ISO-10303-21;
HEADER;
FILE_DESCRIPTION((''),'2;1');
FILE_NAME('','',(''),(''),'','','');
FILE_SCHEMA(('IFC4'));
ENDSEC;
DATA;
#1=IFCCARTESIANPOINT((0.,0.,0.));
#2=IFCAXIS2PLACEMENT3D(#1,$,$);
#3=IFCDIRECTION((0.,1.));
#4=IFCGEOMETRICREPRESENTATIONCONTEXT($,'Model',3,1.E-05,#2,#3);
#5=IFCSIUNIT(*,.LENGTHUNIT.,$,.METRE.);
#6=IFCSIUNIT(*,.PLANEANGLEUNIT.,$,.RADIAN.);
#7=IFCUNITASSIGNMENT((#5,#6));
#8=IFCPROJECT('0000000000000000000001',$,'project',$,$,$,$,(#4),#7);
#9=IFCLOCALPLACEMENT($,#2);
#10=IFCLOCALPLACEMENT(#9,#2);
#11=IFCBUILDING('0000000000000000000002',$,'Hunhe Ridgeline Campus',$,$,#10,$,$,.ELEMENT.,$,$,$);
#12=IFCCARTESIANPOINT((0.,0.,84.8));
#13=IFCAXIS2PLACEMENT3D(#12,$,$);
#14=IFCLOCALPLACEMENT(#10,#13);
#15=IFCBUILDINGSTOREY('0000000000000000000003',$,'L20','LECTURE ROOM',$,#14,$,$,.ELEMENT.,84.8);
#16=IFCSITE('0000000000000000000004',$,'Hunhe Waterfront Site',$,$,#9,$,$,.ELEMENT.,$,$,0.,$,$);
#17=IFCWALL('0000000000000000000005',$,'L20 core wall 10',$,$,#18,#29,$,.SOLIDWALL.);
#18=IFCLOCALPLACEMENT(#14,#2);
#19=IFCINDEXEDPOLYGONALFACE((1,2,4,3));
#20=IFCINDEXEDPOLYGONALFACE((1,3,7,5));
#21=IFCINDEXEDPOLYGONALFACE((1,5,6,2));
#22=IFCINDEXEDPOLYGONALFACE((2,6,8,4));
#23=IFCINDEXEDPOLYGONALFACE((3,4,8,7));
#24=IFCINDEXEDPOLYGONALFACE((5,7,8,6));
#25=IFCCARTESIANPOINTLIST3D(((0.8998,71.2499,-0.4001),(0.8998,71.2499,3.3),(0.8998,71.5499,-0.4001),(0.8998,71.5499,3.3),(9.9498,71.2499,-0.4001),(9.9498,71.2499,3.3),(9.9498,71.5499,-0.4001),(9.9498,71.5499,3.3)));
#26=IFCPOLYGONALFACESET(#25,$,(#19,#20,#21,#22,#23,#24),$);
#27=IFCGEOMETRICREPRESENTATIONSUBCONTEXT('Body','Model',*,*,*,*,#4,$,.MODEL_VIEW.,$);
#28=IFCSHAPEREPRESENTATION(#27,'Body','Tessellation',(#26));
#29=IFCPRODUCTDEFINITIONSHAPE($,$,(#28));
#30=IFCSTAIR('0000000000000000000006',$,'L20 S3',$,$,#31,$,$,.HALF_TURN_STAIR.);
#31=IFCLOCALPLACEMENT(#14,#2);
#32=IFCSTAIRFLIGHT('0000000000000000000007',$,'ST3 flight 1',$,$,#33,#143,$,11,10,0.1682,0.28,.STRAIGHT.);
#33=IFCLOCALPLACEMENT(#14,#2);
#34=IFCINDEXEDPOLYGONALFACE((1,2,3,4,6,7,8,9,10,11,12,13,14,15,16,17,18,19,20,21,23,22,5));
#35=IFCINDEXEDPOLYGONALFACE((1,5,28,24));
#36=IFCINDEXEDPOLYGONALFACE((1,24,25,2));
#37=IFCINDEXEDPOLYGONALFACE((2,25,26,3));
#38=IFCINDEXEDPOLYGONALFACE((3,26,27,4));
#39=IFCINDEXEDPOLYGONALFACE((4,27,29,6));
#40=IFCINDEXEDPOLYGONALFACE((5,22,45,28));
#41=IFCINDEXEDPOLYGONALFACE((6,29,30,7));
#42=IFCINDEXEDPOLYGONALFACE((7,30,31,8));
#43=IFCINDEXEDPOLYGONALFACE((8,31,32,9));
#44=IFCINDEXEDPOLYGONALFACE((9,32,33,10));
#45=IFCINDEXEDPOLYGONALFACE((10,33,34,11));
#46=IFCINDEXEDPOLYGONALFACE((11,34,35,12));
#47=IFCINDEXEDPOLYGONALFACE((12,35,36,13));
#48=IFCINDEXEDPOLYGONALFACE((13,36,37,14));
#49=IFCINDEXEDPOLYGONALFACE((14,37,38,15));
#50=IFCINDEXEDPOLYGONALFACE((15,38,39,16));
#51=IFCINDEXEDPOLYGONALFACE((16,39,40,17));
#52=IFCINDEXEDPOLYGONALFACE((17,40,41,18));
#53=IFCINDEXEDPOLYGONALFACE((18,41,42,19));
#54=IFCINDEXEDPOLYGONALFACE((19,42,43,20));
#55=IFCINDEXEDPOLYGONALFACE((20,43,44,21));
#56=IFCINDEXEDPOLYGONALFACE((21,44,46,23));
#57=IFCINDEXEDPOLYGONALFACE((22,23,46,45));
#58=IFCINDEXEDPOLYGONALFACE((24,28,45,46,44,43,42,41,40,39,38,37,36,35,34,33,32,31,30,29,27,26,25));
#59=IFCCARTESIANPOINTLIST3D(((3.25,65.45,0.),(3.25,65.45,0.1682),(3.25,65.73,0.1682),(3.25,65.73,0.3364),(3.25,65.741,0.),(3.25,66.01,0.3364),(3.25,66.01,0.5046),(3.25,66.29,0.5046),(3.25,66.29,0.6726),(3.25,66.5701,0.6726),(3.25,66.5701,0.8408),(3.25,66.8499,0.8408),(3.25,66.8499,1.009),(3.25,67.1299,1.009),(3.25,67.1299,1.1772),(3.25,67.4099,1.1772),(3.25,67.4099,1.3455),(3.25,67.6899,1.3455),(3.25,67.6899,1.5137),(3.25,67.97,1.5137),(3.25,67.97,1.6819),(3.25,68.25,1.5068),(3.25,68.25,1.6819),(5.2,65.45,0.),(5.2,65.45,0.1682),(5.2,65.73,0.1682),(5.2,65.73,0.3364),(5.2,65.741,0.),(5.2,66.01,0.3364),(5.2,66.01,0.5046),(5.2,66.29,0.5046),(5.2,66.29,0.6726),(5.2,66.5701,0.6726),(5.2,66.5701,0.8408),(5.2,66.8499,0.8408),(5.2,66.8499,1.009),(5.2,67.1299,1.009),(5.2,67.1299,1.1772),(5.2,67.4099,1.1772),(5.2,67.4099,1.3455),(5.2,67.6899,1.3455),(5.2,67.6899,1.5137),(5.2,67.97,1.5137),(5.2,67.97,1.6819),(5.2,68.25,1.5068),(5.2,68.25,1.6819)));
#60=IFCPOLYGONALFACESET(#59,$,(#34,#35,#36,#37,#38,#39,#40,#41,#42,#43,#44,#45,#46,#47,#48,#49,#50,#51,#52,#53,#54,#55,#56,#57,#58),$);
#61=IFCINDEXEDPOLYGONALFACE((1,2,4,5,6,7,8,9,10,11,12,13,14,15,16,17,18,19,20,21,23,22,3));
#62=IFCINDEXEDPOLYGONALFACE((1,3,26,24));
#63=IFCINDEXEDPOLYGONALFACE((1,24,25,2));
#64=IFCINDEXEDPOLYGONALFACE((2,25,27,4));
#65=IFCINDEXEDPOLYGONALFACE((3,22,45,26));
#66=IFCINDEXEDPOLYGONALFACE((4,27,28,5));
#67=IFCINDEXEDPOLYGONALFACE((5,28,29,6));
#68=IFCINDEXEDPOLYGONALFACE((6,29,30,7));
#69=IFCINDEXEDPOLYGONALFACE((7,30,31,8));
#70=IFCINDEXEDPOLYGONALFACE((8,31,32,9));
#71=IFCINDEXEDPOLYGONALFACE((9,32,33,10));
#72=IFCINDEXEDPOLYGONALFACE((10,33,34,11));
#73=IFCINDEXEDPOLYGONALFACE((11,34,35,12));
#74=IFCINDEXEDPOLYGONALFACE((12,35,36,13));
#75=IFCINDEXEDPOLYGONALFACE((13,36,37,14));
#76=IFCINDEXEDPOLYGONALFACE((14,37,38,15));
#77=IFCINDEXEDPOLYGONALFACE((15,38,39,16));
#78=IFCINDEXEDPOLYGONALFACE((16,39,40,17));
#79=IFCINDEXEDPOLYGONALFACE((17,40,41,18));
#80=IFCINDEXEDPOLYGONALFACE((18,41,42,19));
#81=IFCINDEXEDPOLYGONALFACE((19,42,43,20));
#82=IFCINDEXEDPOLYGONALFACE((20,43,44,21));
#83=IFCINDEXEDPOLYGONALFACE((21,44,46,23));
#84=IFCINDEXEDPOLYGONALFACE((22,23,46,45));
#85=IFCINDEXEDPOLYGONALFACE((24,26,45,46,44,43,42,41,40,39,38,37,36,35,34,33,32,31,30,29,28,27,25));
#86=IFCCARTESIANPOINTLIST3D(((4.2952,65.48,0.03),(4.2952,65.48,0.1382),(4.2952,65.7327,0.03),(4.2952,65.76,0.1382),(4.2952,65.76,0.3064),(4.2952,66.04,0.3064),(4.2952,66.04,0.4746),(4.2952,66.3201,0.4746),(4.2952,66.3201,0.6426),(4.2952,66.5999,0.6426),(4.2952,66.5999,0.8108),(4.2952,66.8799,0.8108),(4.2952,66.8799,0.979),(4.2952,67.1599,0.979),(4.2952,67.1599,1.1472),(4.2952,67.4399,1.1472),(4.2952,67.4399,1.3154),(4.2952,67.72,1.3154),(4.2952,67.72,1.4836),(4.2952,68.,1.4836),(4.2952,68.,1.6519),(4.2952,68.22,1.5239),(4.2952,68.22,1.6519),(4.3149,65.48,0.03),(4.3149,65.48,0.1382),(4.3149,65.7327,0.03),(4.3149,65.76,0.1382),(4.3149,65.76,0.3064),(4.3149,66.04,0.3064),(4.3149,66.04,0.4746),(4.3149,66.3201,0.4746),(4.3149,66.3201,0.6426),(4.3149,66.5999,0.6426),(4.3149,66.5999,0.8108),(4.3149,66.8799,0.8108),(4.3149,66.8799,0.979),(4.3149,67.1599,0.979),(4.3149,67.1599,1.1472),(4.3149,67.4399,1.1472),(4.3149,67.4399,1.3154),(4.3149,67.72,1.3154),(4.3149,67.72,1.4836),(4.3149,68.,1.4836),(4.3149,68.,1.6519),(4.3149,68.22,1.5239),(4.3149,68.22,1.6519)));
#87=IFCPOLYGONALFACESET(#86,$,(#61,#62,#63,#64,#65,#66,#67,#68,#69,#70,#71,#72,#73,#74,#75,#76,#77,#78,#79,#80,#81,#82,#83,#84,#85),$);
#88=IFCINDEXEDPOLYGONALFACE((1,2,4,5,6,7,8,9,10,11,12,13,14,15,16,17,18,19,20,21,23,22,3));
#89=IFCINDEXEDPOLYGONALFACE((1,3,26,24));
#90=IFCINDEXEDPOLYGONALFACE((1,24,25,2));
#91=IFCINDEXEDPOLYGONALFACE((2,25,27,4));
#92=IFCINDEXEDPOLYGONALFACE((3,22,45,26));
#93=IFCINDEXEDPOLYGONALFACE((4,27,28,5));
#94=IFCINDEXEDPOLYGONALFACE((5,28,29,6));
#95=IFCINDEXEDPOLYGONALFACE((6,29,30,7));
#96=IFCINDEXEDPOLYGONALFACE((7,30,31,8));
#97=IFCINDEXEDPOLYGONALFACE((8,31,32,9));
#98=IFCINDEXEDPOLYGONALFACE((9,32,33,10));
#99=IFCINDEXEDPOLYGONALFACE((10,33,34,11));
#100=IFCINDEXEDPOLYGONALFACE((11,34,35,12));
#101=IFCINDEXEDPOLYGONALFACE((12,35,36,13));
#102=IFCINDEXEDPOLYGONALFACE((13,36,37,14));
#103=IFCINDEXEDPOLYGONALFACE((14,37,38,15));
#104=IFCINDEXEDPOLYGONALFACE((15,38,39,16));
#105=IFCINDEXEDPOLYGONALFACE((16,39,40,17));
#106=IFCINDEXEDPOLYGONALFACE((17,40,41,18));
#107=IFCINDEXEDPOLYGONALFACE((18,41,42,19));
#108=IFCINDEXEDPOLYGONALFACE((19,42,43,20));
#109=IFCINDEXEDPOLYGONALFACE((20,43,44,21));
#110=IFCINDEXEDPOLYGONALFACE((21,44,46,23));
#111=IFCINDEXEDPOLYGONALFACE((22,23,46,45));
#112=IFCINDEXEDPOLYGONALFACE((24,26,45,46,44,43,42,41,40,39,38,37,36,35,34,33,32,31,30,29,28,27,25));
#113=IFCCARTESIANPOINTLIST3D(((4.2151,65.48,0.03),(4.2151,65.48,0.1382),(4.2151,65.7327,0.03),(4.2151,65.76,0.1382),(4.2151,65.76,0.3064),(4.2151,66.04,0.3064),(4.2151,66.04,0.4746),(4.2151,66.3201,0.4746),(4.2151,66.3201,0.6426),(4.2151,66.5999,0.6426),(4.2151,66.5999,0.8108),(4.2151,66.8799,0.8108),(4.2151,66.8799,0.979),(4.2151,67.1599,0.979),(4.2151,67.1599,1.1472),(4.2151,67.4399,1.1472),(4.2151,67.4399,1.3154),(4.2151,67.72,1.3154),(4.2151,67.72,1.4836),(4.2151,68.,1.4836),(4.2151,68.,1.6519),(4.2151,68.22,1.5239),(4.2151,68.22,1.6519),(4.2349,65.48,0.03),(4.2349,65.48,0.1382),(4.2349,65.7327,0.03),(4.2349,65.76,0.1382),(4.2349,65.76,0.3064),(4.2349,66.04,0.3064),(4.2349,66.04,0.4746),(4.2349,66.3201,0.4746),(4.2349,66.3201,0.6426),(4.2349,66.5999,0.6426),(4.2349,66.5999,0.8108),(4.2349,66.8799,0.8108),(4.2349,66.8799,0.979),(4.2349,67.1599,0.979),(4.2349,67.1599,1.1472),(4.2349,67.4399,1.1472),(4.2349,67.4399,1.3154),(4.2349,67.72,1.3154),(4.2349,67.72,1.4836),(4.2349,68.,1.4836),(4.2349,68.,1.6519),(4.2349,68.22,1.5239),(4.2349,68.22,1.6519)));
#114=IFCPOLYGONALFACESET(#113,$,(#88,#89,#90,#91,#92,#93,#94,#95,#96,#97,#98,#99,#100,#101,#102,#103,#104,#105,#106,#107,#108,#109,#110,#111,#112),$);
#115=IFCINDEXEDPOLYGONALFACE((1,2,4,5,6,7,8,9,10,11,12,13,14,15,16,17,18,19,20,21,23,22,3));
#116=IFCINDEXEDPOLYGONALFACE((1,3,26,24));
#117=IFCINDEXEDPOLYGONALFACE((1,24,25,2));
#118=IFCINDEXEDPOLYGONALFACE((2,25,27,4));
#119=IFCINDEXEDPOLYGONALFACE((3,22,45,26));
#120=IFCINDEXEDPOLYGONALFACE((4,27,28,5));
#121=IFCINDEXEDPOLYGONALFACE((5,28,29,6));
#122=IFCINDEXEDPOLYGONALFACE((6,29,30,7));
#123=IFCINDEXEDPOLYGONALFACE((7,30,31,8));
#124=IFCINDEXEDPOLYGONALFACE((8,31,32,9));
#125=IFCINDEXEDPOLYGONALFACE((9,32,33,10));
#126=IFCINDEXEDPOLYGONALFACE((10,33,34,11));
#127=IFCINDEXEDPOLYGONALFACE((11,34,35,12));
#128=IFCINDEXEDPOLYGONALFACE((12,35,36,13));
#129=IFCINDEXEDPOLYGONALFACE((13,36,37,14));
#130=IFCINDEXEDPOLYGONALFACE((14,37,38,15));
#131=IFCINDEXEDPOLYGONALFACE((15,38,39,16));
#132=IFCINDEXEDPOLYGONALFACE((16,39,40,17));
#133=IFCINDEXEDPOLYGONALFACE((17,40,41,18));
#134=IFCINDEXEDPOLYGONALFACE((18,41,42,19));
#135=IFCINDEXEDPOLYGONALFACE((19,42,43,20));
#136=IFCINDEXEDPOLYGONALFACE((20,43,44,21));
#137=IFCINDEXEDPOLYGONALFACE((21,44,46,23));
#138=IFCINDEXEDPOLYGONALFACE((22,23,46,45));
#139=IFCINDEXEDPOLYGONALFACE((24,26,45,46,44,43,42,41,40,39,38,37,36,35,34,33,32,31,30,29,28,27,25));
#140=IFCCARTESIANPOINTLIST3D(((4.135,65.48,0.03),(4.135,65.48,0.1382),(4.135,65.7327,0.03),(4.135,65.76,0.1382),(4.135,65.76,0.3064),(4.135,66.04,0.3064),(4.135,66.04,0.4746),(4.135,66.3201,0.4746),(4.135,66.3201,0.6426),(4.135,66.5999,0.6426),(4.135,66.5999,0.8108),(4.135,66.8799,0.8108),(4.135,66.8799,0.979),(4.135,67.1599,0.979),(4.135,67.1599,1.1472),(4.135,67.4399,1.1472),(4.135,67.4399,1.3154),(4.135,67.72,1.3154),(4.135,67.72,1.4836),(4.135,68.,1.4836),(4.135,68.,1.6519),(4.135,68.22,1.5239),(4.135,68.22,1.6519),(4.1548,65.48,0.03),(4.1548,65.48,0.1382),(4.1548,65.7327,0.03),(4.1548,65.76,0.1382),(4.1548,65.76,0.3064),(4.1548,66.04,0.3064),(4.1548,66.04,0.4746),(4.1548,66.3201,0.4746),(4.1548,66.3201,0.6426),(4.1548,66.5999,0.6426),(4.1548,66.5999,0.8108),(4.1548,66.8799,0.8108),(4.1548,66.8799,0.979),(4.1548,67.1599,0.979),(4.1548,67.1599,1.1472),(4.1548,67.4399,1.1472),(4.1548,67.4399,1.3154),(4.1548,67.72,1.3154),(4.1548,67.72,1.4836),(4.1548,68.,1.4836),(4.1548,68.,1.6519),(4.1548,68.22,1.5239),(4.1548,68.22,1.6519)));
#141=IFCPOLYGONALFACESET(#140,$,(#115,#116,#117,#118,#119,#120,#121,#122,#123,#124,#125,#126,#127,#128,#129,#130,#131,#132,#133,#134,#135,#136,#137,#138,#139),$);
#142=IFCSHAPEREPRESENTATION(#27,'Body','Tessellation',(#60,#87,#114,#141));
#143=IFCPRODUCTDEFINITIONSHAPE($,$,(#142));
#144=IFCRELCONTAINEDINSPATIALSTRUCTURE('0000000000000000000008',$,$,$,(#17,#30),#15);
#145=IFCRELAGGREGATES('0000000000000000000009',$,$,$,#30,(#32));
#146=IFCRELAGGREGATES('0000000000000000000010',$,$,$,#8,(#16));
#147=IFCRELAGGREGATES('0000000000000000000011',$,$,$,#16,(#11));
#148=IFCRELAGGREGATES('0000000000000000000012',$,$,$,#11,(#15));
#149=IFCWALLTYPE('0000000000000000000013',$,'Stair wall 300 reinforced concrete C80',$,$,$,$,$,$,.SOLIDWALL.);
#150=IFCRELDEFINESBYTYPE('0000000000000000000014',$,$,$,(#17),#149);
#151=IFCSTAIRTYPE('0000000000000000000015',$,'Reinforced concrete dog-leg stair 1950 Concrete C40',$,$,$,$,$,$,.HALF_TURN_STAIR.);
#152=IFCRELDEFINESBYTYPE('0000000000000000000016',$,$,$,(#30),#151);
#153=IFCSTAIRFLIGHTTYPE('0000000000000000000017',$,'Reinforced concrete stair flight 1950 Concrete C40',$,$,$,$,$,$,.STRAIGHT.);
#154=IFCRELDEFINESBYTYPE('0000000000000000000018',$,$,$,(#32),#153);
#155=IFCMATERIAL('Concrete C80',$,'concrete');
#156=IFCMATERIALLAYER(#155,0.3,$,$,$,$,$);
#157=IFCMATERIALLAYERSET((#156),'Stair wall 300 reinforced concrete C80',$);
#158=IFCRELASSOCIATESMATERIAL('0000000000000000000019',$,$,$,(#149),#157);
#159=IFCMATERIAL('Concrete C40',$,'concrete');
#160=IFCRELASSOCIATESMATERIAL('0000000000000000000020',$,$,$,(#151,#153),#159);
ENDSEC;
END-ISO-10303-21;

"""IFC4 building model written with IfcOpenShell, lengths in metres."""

from ifc_helpers import new_model, si_unit, direction, frame, frame_2d, origin, place, context, subcontext, project, spatial, polyline, rectangle, outline, extrude, material, layer, layer_set, type_object, element, aggregate, save


model = new_model("IFC4")

# Units and contexts
model_context = context("Model", 3, precision=1e-05, world=origin(), true_north=direction((0.0, 1.0)))
body_context = subcontext(model_context, "Body", "Model", "MODEL_VIEW")
ifc_project = project(units=[si_unit("LENGTHUNIT", "METRE"), si_unit("PLANEANGLEUNIT", "RADIAN")], contexts=[model_context])

# Site, building, storey
site_placement = place(None, origin())
site = spatial("IfcSite", under=ifc_project, at=site_placement, Name="Hunhe Waterfront Site", CompositionType="ELEMENT", RefElevation=0.0)
building_placement = place(site_placement, origin())
building = spatial("IfcBuilding", under=site, at=building_placement, Name="Hunhe Ridgeline Campus", CompositionType="ELEMENT")
storey_placement = place(building_placement, frame((0.0, 0.0, 84.8)))
storey = spatial("IfcBuildingStorey", under=building, at=storey_placement, Name="L20", Description="LECTURE ROOM", CompositionType="ELEMENT", Elevation=84.8)

# Shared definitions
ifc_material_1 = material(Name="Concrete C80", Category="concrete")

# Wall
ifc_layer_1 = layer(ifc_material_1, 0.3)
ifc_layer_set_1 = layer_set([ifc_layer_1], Name="Stair wall 300 reinforced concrete C80")
wall_type_1 = type_object("IfcWallType", Name="Stair wall 300 reinforced concrete C80", PredefinedType="SOLIDWALL", material=ifc_layer_set_1)
wall_1_placement = place(storey_placement, frame((0.8999, 71.3999, -0.4001), z_axis=(0.0, 0.0, 1.0), x_axis=(1.0, 0.0, 0.0)))
element("IfcWall", 1, at=wall_1_placement, inside=storey, type_object=wall_type_1, Name="L20 core wall 10", PredefinedType="SOLIDWALL", context=body_context, shape_type="SweptSolid", body=[
    extrude(rectangle(XDim=9.05, YDim=0.3, at=frame_2d((4.5249, 0.0))), origin(), (0.0, 0.0, 1.0), 3.7002),
])

# Stair, stair flight
ifc_material_2 = material(Name="Concrete C40", Category="concrete")
stair_type = type_object("IfcStairType", Name="Reinforced concrete dog-leg stair 1950 Concrete C40", PredefinedType="HALF_TURN_STAIR", material=ifc_material_2)
stair_1_placement = place(storey_placement, origin())
stair_1 = element("IfcStair", 2, at=stair_1_placement, inside=storey, type_object=stair_type, Name="L20 S3", PredefinedType="HALF_TURN_STAIR")
stair_flight_type = type_object("IfcStairFlightType", Name="Reinforced concrete stair flight 1950 Concrete C40", PredefinedType="STRAIGHT", material=ifc_material_2)
stair_flight_1_placement = place(storey_placement, frame((4.2251, 65.45, 0.0), z_axis=(0.0, 0.0, 1.0), x_axis=(0.0, 1.0, 0.0)))
stair_flight_1 = element("IfcStairFlight", 3, at=stair_flight_1_placement, type_object=stair_flight_type, Name="ST3 flight 1", NumberOfRisers=11, NumberOfTreads=10, PredefinedType="STRAIGHT", RiserHeight=0.1682, TreadLength=0.28, context=body_context, shape_type="SweptSolid", body=[
    extrude(outline(polyline([(0.0, 0.0), (0.0, 0.1682), (0.28, 0.1682), (0.28, 0.3364), (0.5601, 0.3364), (0.5601, 0.5046), (0.8401, 0.5046), (0.8401, 0.6726), (1.1201, 0.6726), (1.1201, 0.8408), (1.3999, 0.8408), (1.3999, 1.009), (1.6799, 1.009), (1.6799, 1.1772), (1.96, 1.1772), (1.96, 1.3455), (2.24, 1.3455), (2.24, 1.5137), (2.52, 1.5137), (2.52, 1.6819), (2.8, 1.6819), (2.8, 1.8501), (2.8, 1.5068), (0.291, 0.0), (0.0, 0.0)])), frame((0.0, 0.9751, 0.0), z_axis=(0.0, -1.0, 0.0), x_axis=(1.0, 0.0, 0.0)), (0.0, 0.0, 1.0), 1.95),
    extrude(outline(polyline([(0.03, 0.03), (0.03, 0.1382), (0.3101, 0.1382), (0.3101, 0.3064), (0.5901, 0.3064), (0.5901, 0.4746), (0.8701, 0.4746), (0.8701, 0.6426), (1.1499, 0.6426), (1.1499, 0.8108), (1.4299, 0.8108), (1.4299, 0.979), (1.71, 0.979), (1.71, 1.1472), (1.99, 1.1472), (1.99, 1.3154), (2.27, 1.3154), (2.27, 1.4836), (2.55, 1.4836), (2.55, 1.6519), (2.77, 1.6519), (2.77, 1.5239), (0.2827, 0.03), (0.03, 0.03)])), frame((0.0, -0.0701, 0.0), z_axis=(0.0, -1.0, 0.0), x_axis=(1.0, 0.0, 0.0)), (0.0, 0.0, 1.0), 0.0198),
    extrude(outline(polyline([(0.03, 0.03), (0.03, 0.1382), (0.3101, 0.1382), (0.3101, 0.3064), (0.5901, 0.3064), (0.5901, 0.4746), (0.8701, 0.4746), (0.8701, 0.6426), (1.1499, 0.6426), (1.1499, 0.8108), (1.4299, 0.8108), (1.4299, 0.979), (1.71, 0.979), (1.71, 1.1472), (1.99, 1.1472), (1.99, 1.3154), (2.27, 1.3154), (2.27, 1.4836), (2.55, 1.4836), (2.55, 1.6519), (2.77, 1.6519), (2.77, 1.5239), (0.2827, 0.03), (0.03, 0.03)])), frame((0.0, 0.01, 0.0), z_axis=(0.0, -1.0, 0.0), x_axis=(1.0, 0.0, 0.0)), (0.0, 0.0, 1.0), 0.0198),
    extrude(outline(polyline([(0.03, 0.03), (0.03, 0.1382), (0.3101, 0.1382), (0.3101, 0.3064), (0.5901, 0.3064), (0.5901, 0.4746), (0.8701, 0.4746), (0.8701, 0.6426), (1.1499, 0.6426), (1.1499, 0.8108), (1.4299, 0.8108), (1.4299, 0.979), (1.71, 0.979), (1.71, 1.1472), (1.99, 1.1472), (1.99, 1.3154), (2.27, 1.3154), (2.27, 1.4836), (2.55, 1.4836), (2.55, 1.6519), (2.77, 1.6519), (2.77, 1.5239), (0.2827, 0.03), (0.03, 0.03)])), frame((0.0, 0.0901, 0.0), z_axis=(0.0, -1.0, 0.0), x_axis=(1.0, 0.0, 0.0)), (0.0, 0.0, 1.0), 0.0198),
])
aggregate(stair_1, [stair_flight_1])

save(model, "model.ifc")
